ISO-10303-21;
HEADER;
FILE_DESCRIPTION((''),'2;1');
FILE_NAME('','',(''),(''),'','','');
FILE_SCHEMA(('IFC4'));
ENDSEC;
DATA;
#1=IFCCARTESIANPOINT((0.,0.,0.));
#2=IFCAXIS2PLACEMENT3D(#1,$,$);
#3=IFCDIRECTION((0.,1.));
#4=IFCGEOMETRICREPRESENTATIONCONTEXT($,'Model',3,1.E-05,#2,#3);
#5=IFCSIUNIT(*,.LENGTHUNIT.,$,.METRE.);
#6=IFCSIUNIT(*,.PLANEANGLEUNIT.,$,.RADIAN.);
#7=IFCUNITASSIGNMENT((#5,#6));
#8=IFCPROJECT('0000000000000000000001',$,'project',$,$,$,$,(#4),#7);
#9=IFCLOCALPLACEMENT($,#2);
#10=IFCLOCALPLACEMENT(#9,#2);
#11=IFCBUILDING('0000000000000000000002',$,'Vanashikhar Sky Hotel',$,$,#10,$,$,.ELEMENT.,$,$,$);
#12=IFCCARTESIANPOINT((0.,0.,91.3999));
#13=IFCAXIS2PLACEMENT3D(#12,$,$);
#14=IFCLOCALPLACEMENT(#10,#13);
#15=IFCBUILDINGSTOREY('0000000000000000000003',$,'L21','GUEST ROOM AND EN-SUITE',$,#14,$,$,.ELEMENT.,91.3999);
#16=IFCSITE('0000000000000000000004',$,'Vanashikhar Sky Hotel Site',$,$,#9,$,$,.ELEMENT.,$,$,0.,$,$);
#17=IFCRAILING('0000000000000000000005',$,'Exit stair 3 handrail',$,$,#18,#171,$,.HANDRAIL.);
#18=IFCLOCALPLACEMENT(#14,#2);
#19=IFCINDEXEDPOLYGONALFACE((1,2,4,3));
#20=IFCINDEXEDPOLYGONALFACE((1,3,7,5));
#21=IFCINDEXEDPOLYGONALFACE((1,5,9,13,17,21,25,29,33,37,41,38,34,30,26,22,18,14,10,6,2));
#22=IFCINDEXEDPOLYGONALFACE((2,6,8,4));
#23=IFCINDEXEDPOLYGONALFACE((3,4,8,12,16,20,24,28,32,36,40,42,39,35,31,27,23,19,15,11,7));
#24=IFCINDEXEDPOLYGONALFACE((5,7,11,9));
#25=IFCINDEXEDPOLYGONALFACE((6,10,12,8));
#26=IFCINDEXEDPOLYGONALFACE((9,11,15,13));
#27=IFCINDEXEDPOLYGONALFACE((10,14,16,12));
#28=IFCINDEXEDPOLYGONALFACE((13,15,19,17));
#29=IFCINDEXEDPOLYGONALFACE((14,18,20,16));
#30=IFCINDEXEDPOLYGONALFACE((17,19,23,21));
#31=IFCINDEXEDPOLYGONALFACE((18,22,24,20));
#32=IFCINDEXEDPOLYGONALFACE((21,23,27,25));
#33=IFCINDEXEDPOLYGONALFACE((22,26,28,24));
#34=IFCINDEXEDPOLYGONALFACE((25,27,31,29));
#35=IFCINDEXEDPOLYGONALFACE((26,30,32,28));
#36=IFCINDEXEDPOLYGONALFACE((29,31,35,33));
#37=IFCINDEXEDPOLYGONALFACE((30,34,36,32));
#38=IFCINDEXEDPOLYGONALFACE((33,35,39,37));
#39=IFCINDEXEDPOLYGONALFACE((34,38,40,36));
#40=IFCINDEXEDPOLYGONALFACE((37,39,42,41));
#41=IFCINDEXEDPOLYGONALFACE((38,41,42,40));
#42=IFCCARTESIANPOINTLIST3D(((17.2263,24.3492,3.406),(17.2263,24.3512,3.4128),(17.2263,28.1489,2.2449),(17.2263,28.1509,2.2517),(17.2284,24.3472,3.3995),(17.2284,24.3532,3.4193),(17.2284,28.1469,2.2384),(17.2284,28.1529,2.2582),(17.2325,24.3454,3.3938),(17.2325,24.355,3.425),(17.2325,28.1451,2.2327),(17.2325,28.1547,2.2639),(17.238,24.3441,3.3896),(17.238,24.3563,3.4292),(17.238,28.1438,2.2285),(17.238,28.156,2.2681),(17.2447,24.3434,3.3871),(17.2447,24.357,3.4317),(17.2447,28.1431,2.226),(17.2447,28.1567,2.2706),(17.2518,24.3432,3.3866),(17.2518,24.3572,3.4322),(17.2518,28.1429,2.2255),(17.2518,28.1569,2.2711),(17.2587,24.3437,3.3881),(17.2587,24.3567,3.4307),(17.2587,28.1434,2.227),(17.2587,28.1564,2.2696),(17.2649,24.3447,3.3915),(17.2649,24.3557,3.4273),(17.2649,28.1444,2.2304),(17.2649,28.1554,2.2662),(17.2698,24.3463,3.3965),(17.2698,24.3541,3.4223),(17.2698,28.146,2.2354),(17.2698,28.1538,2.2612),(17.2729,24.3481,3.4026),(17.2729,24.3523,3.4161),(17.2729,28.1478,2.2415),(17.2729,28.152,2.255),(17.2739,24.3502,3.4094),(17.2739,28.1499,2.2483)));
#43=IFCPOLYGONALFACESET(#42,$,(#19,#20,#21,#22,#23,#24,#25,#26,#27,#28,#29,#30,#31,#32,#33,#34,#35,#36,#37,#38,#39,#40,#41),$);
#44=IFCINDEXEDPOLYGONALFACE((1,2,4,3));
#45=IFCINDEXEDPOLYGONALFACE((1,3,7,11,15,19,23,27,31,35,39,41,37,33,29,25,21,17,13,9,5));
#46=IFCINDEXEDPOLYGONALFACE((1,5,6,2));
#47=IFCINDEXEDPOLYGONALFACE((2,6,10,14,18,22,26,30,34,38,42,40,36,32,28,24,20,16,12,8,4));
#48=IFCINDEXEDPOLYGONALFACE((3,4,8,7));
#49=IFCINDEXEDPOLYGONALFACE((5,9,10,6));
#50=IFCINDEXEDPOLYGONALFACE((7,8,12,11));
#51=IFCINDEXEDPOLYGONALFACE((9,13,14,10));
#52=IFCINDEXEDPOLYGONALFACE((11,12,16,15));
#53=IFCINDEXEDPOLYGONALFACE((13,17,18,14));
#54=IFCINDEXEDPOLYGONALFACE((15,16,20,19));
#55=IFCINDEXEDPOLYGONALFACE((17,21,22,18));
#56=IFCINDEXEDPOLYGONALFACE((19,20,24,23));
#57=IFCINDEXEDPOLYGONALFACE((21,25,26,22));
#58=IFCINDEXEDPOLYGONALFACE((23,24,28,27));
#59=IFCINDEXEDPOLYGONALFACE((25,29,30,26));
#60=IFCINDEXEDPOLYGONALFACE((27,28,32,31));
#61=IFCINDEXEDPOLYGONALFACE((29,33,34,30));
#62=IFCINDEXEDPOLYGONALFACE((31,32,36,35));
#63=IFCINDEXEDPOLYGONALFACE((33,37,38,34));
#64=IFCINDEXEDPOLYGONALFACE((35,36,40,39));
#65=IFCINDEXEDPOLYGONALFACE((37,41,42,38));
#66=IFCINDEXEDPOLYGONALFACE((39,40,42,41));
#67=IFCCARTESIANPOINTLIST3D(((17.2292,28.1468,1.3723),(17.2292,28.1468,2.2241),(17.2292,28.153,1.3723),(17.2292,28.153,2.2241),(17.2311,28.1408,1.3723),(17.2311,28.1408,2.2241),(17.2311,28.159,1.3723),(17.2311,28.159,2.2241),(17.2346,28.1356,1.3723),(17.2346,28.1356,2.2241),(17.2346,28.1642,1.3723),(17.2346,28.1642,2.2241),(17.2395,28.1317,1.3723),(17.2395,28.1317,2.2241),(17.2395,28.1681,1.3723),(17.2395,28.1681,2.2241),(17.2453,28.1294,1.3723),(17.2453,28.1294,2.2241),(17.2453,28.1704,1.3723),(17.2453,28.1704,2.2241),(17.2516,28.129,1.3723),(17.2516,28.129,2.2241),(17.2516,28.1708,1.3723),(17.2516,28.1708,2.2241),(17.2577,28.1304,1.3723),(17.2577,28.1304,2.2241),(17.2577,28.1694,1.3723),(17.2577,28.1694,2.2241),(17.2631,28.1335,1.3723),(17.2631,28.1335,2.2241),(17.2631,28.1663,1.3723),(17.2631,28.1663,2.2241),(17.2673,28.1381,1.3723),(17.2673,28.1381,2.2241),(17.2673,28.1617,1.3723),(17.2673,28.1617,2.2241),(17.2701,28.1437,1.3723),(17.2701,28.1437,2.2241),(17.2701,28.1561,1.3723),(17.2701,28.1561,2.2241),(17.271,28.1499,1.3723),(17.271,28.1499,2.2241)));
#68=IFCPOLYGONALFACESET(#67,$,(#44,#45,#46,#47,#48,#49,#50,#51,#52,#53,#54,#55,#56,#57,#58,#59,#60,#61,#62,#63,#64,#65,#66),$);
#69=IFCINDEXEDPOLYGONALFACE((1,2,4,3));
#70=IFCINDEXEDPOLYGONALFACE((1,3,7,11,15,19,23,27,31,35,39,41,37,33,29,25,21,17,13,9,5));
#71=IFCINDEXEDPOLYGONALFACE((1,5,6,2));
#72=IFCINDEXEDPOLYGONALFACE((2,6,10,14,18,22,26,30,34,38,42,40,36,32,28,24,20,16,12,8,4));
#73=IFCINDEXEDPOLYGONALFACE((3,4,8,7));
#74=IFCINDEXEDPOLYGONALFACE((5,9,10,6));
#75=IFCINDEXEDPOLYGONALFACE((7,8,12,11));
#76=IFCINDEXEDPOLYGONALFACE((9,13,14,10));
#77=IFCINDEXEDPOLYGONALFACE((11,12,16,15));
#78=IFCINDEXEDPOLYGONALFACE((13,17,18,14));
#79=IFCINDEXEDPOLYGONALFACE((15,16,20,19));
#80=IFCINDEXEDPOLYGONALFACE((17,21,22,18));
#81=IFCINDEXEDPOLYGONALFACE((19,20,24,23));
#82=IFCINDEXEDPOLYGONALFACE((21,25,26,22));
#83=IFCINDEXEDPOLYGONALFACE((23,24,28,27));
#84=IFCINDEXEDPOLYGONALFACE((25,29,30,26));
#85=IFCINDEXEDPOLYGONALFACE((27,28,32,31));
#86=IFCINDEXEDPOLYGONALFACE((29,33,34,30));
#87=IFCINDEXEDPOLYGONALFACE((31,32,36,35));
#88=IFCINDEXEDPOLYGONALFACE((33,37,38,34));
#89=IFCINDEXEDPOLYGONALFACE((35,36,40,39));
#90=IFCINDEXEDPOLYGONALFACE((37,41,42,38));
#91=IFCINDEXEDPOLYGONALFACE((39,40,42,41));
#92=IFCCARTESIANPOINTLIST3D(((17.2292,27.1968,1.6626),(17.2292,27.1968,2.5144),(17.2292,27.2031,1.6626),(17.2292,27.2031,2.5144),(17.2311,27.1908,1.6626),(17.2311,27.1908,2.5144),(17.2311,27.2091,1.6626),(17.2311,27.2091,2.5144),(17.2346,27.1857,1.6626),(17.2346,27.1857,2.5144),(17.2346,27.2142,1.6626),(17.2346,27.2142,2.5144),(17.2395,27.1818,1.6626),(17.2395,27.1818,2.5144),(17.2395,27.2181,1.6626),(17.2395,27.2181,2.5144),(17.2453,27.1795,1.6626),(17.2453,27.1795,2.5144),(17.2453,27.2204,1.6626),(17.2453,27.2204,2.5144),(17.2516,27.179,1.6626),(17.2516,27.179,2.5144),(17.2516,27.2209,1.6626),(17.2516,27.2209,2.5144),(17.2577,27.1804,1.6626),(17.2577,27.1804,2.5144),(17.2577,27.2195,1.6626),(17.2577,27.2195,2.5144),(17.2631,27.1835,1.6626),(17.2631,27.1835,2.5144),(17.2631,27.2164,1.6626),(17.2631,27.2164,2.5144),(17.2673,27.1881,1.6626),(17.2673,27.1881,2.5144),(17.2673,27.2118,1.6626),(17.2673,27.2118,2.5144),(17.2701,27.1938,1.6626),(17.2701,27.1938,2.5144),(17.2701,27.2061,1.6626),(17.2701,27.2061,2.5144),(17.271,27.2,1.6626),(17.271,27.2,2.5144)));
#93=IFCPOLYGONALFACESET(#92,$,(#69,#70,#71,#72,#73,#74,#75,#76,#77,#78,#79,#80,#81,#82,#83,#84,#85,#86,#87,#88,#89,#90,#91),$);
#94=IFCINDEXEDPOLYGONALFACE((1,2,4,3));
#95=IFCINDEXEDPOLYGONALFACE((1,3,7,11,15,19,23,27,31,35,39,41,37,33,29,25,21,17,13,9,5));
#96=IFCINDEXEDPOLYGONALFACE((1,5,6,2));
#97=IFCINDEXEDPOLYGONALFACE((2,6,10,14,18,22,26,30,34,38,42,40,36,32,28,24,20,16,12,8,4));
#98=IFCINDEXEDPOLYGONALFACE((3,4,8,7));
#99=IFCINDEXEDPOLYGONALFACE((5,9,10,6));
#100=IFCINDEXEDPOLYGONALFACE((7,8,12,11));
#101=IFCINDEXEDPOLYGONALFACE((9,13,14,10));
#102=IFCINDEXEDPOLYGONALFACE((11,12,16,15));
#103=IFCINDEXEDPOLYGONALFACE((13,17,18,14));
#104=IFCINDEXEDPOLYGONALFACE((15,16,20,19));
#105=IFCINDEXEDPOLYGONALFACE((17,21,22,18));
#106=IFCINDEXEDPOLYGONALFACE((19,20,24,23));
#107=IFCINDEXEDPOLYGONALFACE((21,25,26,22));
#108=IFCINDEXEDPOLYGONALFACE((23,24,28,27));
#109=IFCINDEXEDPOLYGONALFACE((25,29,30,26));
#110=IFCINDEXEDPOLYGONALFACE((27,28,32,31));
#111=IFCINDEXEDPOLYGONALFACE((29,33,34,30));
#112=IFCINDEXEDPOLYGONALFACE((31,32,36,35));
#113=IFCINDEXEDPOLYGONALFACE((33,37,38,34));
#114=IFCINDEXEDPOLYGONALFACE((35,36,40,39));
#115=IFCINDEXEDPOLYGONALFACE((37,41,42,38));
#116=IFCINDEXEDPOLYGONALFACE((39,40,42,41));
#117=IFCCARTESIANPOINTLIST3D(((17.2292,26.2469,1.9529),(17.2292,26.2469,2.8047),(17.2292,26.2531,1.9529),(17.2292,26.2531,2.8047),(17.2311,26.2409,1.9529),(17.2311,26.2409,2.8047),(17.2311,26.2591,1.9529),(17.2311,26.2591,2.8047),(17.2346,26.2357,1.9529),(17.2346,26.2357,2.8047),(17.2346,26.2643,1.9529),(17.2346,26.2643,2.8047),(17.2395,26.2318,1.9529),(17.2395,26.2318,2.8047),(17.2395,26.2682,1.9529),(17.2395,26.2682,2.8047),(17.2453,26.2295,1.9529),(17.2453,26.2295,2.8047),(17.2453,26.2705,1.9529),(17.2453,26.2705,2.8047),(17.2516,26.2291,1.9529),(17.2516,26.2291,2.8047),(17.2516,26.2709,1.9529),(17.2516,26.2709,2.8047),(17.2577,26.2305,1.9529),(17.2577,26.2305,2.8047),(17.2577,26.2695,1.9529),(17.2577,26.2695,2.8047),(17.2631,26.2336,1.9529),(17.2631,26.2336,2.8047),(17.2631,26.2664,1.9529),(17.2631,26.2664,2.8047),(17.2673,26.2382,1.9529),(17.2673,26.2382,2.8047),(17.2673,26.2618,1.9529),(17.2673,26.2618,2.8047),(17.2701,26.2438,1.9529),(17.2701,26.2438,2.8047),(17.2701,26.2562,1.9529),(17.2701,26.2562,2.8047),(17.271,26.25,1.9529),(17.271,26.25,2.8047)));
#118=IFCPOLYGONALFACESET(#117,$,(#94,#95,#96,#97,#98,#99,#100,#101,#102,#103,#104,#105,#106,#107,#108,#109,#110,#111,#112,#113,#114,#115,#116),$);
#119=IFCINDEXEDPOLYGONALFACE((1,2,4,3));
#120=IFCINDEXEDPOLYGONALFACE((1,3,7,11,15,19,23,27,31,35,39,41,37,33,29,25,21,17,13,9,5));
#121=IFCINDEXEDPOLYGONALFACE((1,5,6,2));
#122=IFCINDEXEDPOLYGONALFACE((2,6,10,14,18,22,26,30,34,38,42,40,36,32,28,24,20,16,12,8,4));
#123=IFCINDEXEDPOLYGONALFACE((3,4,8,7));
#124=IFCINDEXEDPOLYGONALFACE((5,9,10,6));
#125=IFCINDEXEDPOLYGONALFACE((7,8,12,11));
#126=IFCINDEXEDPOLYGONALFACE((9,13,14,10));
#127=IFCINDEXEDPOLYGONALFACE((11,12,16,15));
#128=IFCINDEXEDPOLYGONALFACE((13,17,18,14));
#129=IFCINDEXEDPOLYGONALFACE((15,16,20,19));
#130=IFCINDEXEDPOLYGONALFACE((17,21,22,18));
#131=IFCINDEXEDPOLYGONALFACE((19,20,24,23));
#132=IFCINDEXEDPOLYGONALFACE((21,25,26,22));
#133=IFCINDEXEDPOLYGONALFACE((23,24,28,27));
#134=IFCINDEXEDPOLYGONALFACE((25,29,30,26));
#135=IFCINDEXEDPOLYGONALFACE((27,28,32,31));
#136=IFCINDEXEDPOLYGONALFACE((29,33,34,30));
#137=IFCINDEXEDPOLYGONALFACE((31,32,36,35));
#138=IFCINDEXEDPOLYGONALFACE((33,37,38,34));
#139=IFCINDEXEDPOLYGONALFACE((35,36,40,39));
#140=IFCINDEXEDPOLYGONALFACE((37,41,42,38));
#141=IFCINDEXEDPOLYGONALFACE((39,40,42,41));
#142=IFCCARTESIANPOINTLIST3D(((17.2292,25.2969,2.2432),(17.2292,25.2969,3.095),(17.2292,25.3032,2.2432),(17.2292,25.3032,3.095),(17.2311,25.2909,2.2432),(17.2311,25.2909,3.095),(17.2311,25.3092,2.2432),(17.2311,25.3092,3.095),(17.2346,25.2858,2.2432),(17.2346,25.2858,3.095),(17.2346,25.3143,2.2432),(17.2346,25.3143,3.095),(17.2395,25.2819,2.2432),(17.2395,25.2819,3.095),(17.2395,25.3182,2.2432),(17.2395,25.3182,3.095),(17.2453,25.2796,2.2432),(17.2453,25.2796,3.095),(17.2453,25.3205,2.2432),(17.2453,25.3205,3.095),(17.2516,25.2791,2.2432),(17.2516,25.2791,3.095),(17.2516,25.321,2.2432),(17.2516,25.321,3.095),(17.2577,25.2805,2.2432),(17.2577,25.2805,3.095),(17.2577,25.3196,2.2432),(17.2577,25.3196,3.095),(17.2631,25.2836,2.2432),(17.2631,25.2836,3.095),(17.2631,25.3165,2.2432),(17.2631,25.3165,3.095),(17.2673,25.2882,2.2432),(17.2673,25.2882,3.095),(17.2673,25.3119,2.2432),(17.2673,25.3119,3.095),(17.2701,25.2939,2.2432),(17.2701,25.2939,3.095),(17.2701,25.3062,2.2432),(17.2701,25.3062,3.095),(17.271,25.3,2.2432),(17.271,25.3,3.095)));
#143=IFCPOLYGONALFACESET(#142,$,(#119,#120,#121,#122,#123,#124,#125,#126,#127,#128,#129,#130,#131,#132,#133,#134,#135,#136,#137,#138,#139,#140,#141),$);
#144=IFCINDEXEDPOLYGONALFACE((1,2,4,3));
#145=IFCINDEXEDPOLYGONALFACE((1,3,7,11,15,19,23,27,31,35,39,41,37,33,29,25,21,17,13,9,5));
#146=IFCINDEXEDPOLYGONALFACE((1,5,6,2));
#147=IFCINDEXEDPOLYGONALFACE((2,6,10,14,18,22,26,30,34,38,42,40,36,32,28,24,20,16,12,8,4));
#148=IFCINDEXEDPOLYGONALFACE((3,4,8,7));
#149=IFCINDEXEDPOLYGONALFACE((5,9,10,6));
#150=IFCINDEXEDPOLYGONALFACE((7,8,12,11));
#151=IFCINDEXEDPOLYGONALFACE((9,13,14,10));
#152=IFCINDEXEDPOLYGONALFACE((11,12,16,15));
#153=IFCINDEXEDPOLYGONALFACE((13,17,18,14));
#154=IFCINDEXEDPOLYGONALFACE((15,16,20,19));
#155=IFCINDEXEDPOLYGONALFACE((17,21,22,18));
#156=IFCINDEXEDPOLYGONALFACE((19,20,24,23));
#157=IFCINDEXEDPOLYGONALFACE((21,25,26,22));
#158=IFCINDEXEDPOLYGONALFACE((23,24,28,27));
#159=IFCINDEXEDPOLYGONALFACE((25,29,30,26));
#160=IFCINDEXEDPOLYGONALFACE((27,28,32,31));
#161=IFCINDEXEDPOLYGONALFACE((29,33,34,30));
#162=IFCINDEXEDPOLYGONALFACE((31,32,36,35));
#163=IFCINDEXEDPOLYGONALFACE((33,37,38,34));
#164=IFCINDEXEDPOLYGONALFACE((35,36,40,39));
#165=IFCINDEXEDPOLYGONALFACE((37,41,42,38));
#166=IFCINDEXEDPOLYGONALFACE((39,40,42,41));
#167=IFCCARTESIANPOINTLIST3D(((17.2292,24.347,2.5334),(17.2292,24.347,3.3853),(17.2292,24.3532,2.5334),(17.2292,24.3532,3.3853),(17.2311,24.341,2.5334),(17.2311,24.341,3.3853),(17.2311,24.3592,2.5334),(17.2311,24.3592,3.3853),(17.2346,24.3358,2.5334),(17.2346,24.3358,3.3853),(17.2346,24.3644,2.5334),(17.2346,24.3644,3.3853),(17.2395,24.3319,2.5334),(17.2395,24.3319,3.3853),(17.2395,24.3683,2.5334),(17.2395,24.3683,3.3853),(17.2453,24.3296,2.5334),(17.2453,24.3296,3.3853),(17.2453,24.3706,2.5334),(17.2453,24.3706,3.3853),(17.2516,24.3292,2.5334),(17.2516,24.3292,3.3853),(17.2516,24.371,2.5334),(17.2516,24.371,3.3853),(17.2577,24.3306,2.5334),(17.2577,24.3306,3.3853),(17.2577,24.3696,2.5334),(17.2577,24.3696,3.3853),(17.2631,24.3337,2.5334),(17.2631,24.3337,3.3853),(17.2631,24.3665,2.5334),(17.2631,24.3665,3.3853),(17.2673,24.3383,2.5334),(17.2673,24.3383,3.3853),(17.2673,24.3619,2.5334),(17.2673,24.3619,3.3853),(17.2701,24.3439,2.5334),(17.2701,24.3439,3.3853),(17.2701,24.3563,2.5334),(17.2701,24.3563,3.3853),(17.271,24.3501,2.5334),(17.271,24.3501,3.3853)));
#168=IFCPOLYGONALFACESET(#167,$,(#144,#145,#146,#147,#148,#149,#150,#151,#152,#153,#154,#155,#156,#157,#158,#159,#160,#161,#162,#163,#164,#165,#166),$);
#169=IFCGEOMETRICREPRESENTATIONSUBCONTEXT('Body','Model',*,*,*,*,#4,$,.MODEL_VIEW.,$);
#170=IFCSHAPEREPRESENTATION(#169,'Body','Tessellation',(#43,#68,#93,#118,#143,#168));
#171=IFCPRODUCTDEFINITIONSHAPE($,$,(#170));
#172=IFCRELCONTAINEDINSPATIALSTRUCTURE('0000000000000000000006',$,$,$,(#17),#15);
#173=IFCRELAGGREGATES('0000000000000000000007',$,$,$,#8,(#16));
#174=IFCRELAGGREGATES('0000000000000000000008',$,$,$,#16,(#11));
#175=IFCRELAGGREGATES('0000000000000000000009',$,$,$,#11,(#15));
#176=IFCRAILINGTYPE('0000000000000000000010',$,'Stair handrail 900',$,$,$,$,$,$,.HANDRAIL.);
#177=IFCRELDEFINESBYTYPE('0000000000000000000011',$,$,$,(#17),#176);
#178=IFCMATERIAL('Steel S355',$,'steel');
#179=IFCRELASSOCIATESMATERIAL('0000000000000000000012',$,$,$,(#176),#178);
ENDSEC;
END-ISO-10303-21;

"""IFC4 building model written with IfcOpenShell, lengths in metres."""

from ifc_helpers import new_model, si_unit, direction, frame, origin, origin_2d, place, context, subcontext, project, spatial, circle, extrude, source, transform, mapped, material, type_object, element, save


model = new_model("IFC4")

# Units and contexts
model_context = context("Model", 3, precision=1e-05, world=origin(), true_north=direction((0.0, 1.0)))
body_context = subcontext(model_context, "Body", "Model", "MODEL_VIEW")
ifc_project = project(units=[si_unit("LENGTHUNIT", "METRE"), si_unit("PLANEANGLEUNIT", "RADIAN")], contexts=[model_context])

# Site, building, storey
site_placement = place(None, origin())
site = spatial("IfcSite", under=ifc_project, at=site_placement, Name="Vanashikhar Sky Hotel Site", CompositionType="ELEMENT", RefElevation=0.0)
building_placement = place(site_placement, origin())
building = spatial("IfcBuilding", under=site, at=building_placement, Name="Vanashikhar Sky Hotel", CompositionType="ELEMENT")
storey_placement = place(building_placement, frame((0.0, 0.0, 91.3999)))
storey = spatial("IfcBuildingStorey", under=building, at=storey_placement, Name="L21", Description="GUEST ROOM AND EN-SUITE", CompositionType="ELEMENT", Elevation=91.3999)

# Railing
ifc_material_1 = material(Name="Steel S355", Category="steel")
railing_type_1 = type_object("IfcRailingType", Name="Stair handrail 900", PredefinedType="HANDRAIL", material=ifc_material_1)
shared_shape_1 = source(origin(), body_context, "Body", "SweptSolid", [
    extrude(circle(Radius=0.0239, at=origin_2d()), frame((0.0, 0.0, 0.876), z_axis=(0.0, -0.956346, 0.292237), x_axis=(1.0, 0.0, 0.0)), (0.0, 0.0, 1.0), 3.9731),
    extrude(circle(Radius=0.021, at=origin_2d()), origin(), (0.0, 0.0, 1.0), 0.8518),
    extrude(circle(Radius=0.021, at=origin_2d()), frame((0.0, -0.95, 0.2903)), (0.0, 0.0, 1.0), 0.8518),
    extrude(circle(Radius=0.021, at=origin_2d()), frame((0.0, -1.8999, 0.5806)), (0.0, 0.0, 1.0), 0.8518),
    extrude(circle(Radius=0.021, at=origin_2d()), frame((0.0, -2.8499, 0.8708)), (0.0, 0.0, 1.0), 0.8518),
    extrude(circle(Radius=0.021, at=origin_2d()), frame((0.0, -3.7998, 1.1611)), (0.0, 0.0, 1.0), 0.8518),
])
railing_1_placement = place(storey_placement, frame((17.25, 28.1499, 1.3723)))
element("IfcRailing", 1, at=railing_1_placement, inside=storey, type_object=railing_type_1, Name="Exit stair 3 handrail", PredefinedType="HANDRAIL", context=body_context, shape_type="MappedRepresentation", body=[
    mapped(shared_shape_1, transform((0.0, 0.0, 0.0), scale=1.0)),
])

save(model, "model.ifc")
